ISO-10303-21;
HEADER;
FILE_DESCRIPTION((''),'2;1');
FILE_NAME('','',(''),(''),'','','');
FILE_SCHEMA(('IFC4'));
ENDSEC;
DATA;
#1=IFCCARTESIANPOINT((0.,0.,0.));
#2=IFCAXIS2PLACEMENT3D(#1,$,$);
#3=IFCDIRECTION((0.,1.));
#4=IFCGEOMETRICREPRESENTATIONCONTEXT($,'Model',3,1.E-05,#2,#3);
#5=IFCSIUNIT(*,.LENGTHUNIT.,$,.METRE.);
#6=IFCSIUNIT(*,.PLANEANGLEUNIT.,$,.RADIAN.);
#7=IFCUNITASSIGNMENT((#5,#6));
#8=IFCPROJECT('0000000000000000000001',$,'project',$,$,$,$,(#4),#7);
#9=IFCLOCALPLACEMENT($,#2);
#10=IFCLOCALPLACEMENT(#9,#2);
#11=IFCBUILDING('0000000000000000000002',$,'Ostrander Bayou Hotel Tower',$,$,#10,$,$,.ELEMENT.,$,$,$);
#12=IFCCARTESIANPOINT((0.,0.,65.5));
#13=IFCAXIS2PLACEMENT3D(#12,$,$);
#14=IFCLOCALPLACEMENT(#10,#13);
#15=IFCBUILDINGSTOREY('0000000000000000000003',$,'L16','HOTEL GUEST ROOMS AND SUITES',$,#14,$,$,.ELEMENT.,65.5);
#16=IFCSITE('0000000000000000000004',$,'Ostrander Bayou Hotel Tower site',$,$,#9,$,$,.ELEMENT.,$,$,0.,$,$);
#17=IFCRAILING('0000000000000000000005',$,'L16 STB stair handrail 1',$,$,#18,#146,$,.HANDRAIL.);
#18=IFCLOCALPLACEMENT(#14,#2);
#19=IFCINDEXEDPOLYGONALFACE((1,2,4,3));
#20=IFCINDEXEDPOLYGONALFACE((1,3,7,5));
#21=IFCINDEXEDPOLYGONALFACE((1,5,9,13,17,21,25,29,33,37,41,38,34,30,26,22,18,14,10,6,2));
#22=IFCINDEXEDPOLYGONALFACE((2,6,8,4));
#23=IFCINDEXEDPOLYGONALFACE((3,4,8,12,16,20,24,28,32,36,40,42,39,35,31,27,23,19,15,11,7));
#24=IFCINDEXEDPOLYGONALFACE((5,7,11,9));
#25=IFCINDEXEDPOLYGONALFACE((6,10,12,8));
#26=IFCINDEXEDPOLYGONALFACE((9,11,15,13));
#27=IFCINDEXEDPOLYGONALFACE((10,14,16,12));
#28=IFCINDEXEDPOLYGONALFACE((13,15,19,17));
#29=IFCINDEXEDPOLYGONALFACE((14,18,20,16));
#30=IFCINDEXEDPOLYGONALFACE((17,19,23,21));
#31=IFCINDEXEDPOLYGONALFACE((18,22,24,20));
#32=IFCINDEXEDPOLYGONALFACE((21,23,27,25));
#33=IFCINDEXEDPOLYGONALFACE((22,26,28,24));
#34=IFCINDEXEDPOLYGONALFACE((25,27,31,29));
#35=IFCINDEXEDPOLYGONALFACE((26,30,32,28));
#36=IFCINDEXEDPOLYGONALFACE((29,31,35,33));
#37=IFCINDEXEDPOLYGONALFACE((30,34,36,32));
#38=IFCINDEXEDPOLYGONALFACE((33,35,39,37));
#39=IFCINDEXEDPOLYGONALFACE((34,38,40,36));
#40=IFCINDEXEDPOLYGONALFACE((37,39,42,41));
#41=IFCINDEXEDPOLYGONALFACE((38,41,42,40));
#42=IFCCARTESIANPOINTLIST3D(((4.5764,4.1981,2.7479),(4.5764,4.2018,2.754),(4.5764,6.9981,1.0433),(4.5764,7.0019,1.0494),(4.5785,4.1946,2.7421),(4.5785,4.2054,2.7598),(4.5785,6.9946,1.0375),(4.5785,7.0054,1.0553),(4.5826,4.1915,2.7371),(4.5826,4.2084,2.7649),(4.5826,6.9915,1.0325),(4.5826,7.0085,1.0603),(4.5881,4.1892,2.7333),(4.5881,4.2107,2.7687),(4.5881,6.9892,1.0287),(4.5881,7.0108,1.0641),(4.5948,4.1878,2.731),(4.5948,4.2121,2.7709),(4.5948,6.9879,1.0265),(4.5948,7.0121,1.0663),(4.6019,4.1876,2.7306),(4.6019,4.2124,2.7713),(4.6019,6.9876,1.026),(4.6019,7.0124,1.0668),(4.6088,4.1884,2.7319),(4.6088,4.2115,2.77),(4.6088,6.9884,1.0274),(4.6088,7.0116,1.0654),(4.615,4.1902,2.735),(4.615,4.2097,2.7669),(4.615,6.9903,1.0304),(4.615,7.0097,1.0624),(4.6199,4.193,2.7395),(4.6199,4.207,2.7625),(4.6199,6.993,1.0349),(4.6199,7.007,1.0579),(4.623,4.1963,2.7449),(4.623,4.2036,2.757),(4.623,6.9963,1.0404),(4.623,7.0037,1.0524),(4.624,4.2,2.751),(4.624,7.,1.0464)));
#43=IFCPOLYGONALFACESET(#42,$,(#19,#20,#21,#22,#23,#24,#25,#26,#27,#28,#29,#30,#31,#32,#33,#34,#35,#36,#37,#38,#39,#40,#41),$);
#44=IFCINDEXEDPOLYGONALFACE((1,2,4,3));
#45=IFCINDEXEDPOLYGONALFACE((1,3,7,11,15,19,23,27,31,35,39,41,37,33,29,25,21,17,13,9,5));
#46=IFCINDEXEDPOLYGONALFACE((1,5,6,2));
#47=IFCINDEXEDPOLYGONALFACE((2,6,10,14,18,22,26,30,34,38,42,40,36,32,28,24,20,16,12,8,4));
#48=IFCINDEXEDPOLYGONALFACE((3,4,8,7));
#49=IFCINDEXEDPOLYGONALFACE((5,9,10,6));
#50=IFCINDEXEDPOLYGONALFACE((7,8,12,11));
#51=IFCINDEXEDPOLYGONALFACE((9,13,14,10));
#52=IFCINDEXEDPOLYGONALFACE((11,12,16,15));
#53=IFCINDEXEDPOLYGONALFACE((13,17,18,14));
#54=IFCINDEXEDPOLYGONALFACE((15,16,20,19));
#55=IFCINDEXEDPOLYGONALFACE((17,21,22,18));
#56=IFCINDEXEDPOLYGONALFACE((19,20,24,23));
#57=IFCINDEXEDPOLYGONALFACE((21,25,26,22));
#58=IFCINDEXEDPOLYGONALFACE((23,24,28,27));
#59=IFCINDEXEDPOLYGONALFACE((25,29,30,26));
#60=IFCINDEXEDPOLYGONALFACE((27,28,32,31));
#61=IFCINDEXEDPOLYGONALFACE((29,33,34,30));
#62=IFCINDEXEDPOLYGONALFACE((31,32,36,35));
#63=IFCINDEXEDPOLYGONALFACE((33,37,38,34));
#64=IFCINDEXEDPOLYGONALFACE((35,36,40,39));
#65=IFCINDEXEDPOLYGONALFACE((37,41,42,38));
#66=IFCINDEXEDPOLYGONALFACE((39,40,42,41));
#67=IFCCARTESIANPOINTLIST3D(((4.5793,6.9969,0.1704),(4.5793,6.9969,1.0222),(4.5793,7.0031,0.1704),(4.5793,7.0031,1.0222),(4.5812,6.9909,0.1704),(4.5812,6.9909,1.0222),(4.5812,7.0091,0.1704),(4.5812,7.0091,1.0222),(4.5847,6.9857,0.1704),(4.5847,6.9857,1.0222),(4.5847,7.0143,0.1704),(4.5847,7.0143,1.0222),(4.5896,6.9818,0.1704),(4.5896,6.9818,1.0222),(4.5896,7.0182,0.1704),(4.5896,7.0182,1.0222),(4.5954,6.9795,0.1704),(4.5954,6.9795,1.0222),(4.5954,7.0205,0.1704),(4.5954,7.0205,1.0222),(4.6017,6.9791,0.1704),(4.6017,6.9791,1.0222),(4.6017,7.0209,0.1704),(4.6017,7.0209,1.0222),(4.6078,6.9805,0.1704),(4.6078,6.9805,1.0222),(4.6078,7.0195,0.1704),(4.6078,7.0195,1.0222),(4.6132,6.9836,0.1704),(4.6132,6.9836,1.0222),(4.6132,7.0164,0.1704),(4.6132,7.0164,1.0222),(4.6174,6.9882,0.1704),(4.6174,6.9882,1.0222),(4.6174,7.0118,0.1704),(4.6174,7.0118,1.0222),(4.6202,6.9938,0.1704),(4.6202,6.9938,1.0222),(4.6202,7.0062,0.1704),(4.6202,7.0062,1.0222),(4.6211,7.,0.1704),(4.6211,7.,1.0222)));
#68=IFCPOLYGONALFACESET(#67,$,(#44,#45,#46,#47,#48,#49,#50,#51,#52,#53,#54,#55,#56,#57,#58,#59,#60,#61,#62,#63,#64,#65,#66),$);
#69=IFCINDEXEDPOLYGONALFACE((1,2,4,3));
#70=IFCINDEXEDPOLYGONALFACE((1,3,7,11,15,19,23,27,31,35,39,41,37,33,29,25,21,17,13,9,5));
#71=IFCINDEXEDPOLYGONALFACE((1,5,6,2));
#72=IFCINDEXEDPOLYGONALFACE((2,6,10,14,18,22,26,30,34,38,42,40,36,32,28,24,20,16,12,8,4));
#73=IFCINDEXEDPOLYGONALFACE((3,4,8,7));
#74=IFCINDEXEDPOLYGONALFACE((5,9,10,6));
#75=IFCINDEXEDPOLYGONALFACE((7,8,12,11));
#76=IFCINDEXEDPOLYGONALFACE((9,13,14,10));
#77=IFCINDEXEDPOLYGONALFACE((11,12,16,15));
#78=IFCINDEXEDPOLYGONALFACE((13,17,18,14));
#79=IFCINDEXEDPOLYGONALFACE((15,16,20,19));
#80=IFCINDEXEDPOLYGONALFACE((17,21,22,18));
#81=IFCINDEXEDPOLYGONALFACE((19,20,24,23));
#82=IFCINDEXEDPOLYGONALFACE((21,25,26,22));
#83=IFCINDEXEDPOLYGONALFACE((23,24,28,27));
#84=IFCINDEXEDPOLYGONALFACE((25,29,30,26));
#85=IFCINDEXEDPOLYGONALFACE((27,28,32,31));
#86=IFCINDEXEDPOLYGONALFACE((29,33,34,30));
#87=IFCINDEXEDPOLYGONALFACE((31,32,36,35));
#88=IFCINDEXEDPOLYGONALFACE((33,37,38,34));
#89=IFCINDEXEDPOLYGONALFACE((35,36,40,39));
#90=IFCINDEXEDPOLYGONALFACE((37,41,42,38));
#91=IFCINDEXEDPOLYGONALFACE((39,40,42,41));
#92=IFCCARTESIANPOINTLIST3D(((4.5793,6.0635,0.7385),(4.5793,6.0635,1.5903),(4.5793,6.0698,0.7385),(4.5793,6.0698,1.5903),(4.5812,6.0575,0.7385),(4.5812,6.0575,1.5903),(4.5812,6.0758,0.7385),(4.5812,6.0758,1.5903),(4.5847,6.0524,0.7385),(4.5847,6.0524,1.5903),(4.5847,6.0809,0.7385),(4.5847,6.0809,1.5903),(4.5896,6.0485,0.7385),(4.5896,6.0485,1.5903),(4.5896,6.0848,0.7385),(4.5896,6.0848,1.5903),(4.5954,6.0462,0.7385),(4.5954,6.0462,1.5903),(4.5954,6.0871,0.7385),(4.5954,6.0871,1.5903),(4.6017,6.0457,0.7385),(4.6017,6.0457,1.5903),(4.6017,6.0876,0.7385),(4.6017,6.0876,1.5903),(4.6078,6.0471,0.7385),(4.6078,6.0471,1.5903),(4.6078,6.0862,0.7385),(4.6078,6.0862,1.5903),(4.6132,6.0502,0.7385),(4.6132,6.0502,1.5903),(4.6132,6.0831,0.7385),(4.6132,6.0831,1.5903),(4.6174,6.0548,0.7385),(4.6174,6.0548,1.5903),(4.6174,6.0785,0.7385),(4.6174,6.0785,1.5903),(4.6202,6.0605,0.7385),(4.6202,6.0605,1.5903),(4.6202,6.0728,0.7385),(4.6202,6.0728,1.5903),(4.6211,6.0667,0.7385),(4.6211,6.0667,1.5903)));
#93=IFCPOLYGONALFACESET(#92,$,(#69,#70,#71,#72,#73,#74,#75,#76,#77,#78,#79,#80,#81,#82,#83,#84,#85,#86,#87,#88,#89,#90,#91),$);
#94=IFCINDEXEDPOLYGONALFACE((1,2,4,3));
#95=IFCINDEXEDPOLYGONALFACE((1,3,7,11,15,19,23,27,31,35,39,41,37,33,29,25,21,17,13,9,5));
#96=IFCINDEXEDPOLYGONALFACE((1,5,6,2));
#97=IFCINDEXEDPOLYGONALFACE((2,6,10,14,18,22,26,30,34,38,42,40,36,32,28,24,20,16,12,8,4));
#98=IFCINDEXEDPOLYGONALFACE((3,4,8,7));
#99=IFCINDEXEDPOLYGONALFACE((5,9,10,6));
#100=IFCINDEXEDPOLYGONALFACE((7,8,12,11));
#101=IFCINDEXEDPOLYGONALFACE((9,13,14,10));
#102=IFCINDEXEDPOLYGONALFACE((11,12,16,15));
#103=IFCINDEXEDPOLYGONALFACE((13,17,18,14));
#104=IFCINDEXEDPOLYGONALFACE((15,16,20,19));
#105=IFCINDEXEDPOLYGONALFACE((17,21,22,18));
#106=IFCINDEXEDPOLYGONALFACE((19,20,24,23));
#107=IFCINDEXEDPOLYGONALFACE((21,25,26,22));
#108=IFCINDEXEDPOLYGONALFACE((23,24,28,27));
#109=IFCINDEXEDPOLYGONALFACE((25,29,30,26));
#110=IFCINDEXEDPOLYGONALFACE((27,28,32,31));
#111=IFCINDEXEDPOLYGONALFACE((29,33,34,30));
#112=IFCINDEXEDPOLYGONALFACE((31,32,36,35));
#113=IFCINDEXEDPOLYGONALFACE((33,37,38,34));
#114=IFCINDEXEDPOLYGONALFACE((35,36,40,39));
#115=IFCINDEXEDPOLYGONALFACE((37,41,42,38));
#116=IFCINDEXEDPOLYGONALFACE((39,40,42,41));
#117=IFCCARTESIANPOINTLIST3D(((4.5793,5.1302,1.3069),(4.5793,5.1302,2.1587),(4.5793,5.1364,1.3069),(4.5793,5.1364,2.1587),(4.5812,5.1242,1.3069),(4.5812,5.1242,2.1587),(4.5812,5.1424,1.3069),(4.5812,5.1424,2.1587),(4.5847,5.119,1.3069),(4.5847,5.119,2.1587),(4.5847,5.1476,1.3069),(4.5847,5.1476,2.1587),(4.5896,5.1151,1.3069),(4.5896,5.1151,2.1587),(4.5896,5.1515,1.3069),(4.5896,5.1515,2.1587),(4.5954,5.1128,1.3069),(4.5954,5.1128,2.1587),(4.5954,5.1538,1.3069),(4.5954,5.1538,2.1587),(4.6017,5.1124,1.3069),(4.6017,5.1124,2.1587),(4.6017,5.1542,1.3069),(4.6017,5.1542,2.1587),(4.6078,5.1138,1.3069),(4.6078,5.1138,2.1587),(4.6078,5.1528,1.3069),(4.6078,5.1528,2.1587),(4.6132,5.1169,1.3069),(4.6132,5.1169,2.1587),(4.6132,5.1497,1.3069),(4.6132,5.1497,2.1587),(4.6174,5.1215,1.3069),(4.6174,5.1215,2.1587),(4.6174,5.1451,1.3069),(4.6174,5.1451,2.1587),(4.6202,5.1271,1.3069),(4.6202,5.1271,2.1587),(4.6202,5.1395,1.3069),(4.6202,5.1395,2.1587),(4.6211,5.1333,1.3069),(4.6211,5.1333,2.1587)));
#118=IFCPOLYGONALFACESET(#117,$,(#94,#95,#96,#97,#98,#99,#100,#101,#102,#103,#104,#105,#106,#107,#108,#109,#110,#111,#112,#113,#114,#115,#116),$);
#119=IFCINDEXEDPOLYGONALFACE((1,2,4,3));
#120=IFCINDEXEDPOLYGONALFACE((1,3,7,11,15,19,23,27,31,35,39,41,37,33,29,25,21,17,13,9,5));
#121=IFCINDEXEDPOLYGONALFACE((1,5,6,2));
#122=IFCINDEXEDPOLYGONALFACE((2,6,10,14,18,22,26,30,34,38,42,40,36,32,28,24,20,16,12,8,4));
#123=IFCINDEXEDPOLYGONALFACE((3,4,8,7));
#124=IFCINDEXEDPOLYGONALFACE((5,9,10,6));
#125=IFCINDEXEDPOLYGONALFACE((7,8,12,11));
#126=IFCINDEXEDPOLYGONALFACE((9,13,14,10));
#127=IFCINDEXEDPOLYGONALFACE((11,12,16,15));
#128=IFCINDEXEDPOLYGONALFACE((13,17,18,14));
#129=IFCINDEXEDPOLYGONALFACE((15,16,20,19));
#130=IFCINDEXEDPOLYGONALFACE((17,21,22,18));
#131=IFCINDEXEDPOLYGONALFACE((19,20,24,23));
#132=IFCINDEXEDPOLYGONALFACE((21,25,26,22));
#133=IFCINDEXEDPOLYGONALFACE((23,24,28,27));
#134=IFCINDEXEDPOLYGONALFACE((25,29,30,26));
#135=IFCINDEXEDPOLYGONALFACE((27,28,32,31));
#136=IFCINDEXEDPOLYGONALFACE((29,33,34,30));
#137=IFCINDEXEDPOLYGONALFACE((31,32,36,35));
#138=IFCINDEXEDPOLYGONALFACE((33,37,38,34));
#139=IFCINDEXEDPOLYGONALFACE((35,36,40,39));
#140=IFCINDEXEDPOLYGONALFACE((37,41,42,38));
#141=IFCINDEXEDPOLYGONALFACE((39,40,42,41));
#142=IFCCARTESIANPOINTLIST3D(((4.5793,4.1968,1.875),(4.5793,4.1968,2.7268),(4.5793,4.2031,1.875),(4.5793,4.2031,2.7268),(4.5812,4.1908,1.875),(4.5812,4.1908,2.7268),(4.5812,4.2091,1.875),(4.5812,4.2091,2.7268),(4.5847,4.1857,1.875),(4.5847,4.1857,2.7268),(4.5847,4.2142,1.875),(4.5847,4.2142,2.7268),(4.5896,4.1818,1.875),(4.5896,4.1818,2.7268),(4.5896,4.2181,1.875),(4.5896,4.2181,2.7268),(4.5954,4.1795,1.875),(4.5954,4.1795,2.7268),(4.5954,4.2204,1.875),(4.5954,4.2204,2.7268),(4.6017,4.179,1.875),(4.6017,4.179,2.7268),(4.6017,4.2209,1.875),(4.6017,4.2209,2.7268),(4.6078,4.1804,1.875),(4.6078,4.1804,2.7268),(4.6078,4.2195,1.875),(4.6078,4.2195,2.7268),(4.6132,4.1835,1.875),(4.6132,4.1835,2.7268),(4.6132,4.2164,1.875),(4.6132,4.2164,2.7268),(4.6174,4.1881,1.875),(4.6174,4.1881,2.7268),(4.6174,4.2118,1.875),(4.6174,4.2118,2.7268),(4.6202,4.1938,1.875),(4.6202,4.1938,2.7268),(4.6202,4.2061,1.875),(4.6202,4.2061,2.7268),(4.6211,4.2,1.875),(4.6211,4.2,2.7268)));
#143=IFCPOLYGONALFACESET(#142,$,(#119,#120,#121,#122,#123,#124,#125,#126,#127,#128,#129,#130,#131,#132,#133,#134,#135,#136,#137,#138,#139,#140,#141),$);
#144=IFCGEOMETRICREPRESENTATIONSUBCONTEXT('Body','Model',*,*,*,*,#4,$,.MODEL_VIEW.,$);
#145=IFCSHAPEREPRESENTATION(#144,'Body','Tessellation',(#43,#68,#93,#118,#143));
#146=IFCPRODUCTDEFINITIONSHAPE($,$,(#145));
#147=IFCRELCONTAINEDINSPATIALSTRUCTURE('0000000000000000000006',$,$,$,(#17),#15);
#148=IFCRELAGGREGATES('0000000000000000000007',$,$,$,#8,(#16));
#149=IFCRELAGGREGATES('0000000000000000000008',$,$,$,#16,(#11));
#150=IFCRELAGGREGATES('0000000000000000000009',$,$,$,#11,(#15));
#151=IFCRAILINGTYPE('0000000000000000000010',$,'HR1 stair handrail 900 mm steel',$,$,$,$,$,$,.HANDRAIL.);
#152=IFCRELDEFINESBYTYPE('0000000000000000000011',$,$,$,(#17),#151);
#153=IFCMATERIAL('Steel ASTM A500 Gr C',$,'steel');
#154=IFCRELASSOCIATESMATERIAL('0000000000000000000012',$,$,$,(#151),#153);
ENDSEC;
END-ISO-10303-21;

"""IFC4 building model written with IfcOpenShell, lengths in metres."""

from ifc_helpers import new_model, si_unit, direction, frame, origin, origin_2d, place, context, subcontext, project, spatial, circle, extrude, material, type_object, element, save


model = new_model("IFC4")

# Units and contexts
model_context = context("Model", 3, precision=1e-05, world=origin(), true_north=direction((0.0, 1.0)))
body_context = subcontext(model_context, "Body", "Model", "MODEL_VIEW")
ifc_project = project(units=[si_unit("LENGTHUNIT", "METRE"), si_unit("PLANEANGLEUNIT", "RADIAN")], contexts=[model_context])

# Site, building, storey
site_placement = place(None, origin())
site = spatial("IfcSite", under=ifc_project, at=site_placement, Name="Ostrander Bayou Hotel Tower site", CompositionType="ELEMENT", RefElevation=0.0)
building_placement = place(site_placement, origin())
building = spatial("IfcBuilding", under=site, at=building_placement, Name="Ostrander Bayou Hotel Tower", CompositionType="ELEMENT")
storey_placement = place(building_placement, frame((0.0, 0.0, 65.5)))
storey = spatial("IfcBuildingStorey", under=building, at=storey_placement, Name="L16", Description="HOTEL GUEST ROOMS AND SUITES", CompositionType="ELEMENT", Elevation=65.5)

# Railing
ifc_material_1 = material(Name="Steel ASTM A500 Gr C", Category="steel")
railing_type_1 = type_object("IfcRailingType", Name="HR1 stair handrail 900 mm steel", PredefinedType="HANDRAIL", material=ifc_material_1)
railing_1_placement = place(storey_placement, frame((4.6001, 7.0, 0.1704)))
element("IfcRailing", 1, at=railing_1_placement, inside=storey, type_object=railing_type_1, Name="L16 STB stair handrail 1", PredefinedType="HANDRAIL", context=body_context, shape_type="SweptSolid", body=[
    extrude(circle(Radius=0.0239, at=origin_2d()), frame((0.0, 0.0, 0.876), z_axis=(0.0, -0.85417, 0.519994), x_axis=(1.0, 0.0, 0.0)), (0.0, 0.0, 1.0), 3.2781),
    extrude(circle(Radius=0.021, at=origin_2d()), origin(), (0.0, 0.0, 1.0), 0.8518),
    extrude(circle(Radius=0.021, at=origin_2d()), frame((0.0, -0.9333, 0.5681)), (0.0, 0.0, 1.0), 0.8518),
    extrude(circle(Radius=0.021, at=origin_2d()), frame((0.0, -1.8667, 1.1365)), (0.0, 0.0, 1.0), 0.8518),
    extrude(circle(Radius=0.021, at=origin_2d()), frame((0.0, -2.8, 1.7046)), (0.0, 0.0, 1.0), 0.8518),
])

save(model, "model.ifc")
